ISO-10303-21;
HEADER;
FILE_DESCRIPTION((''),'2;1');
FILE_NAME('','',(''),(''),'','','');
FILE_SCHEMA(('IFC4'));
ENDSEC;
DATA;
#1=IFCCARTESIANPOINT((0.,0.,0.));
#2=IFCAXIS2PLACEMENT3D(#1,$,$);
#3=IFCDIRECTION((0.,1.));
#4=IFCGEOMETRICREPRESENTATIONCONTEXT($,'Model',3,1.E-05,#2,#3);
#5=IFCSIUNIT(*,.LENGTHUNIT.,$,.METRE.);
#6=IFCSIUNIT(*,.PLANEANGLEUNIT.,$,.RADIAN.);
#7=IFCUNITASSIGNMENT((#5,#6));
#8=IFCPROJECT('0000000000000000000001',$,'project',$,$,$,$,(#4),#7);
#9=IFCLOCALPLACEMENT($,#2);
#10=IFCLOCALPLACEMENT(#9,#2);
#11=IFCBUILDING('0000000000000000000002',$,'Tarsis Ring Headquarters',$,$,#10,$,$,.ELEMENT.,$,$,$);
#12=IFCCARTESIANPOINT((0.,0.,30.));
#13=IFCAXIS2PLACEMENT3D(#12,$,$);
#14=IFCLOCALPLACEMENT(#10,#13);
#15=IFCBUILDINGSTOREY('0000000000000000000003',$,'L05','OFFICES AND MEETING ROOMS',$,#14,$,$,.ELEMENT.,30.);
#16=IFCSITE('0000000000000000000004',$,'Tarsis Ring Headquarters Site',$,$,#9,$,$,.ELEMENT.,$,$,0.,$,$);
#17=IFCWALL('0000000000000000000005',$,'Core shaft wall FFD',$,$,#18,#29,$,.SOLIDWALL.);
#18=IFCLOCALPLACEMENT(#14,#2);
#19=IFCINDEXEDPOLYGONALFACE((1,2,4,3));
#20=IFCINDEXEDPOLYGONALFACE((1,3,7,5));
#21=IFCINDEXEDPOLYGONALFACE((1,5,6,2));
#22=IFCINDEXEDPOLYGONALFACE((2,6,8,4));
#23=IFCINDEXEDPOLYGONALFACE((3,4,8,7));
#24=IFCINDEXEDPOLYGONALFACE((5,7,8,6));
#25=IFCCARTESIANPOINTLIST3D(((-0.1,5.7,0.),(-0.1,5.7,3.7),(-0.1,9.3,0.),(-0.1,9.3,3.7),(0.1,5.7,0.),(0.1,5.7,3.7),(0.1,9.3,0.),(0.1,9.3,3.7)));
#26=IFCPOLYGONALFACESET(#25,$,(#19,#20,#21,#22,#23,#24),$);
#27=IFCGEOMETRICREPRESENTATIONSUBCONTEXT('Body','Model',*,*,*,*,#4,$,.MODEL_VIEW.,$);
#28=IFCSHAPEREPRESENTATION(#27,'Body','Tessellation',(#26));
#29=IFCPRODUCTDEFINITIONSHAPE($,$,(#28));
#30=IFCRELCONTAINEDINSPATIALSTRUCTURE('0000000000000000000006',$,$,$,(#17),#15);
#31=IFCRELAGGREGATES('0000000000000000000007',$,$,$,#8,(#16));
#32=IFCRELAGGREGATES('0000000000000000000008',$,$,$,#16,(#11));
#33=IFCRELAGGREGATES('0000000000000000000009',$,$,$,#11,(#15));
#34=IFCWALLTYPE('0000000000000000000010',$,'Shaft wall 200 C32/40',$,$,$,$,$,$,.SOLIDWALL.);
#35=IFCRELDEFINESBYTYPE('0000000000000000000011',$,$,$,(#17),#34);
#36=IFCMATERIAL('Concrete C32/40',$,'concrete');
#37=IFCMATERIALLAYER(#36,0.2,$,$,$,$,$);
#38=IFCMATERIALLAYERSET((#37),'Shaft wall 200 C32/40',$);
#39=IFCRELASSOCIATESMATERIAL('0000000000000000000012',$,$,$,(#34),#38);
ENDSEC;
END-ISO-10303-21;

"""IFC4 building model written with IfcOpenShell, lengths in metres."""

from ifc_helpers import new_model, si_unit, direction, frame, frame_2d, origin, place, context, subcontext, project, spatial, rectangle, extrude, material, layer, layer_set, type_object, element, save


model = new_model("IFC4")

# Units and contexts
model_context = context("Model", 3, precision=1e-05, world=origin(), true_north=direction((0.0, 1.0)))
body_context = subcontext(model_context, "Body", "Model", "MODEL_VIEW")
ifc_project = project(units=[si_unit("LENGTHUNIT", "METRE"), si_unit("PLANEANGLEUNIT", "RADIAN")], contexts=[model_context])

# Site, building, storey
site_placement = place(None, origin())
site = spatial("IfcSite", under=ifc_project, at=site_placement, Name="Tarsis Ring Headquarters Site", CompositionType="ELEMENT", RefElevation=0.0)
building_placement = place(site_placement, origin())
building = spatial("IfcBuilding", under=site, at=building_placement, Name="Tarsis Ring Headquarters", CompositionType="ELEMENT")
storey_placement = place(building_placement, frame((0.0, 0.0, 30.0)))
storey = spatial("IfcBuildingStorey", under=building, at=storey_placement, Name="L05", Description="OFFICES AND MEETING ROOMS", CompositionType="ELEMENT", Elevation=30.0)

# Shared definitions
ifc_material_1 = material(Name="Concrete C32/40", Category="concrete")
ifc_layer_1 = layer(ifc_material_1, 0.2)
ifc_layer_set_1 = layer_set([ifc_layer_1], Name="Shaft wall 200 C32/40")
wall_type_1 = type_object("IfcWallType", Name="Shaft wall 200 C32/40", PredefinedType="SOLIDWALL", material=ifc_layer_set_1)

# Wall
wall_1_placement = place(storey_placement, frame((0.0, 5.7, 0.0), z_axis=(0.0, 0.0, 1.0), x_axis=(0.0, 1.0, 0.0)))
element("IfcWall", 1, at=wall_1_placement, inside=storey, type_object=wall_type_1, Name="Core shaft wall FFD", PredefinedType="SOLIDWALL", context=body_context, shape_type="SweptSolid", body=[
    extrude(rectangle(XDim=3.6001, YDim=0.2, at=frame_2d((1.8, 0.0))), origin(), (0.0, 0.0, 1.0), 3.7),
])

save(model, "model.ifc")
